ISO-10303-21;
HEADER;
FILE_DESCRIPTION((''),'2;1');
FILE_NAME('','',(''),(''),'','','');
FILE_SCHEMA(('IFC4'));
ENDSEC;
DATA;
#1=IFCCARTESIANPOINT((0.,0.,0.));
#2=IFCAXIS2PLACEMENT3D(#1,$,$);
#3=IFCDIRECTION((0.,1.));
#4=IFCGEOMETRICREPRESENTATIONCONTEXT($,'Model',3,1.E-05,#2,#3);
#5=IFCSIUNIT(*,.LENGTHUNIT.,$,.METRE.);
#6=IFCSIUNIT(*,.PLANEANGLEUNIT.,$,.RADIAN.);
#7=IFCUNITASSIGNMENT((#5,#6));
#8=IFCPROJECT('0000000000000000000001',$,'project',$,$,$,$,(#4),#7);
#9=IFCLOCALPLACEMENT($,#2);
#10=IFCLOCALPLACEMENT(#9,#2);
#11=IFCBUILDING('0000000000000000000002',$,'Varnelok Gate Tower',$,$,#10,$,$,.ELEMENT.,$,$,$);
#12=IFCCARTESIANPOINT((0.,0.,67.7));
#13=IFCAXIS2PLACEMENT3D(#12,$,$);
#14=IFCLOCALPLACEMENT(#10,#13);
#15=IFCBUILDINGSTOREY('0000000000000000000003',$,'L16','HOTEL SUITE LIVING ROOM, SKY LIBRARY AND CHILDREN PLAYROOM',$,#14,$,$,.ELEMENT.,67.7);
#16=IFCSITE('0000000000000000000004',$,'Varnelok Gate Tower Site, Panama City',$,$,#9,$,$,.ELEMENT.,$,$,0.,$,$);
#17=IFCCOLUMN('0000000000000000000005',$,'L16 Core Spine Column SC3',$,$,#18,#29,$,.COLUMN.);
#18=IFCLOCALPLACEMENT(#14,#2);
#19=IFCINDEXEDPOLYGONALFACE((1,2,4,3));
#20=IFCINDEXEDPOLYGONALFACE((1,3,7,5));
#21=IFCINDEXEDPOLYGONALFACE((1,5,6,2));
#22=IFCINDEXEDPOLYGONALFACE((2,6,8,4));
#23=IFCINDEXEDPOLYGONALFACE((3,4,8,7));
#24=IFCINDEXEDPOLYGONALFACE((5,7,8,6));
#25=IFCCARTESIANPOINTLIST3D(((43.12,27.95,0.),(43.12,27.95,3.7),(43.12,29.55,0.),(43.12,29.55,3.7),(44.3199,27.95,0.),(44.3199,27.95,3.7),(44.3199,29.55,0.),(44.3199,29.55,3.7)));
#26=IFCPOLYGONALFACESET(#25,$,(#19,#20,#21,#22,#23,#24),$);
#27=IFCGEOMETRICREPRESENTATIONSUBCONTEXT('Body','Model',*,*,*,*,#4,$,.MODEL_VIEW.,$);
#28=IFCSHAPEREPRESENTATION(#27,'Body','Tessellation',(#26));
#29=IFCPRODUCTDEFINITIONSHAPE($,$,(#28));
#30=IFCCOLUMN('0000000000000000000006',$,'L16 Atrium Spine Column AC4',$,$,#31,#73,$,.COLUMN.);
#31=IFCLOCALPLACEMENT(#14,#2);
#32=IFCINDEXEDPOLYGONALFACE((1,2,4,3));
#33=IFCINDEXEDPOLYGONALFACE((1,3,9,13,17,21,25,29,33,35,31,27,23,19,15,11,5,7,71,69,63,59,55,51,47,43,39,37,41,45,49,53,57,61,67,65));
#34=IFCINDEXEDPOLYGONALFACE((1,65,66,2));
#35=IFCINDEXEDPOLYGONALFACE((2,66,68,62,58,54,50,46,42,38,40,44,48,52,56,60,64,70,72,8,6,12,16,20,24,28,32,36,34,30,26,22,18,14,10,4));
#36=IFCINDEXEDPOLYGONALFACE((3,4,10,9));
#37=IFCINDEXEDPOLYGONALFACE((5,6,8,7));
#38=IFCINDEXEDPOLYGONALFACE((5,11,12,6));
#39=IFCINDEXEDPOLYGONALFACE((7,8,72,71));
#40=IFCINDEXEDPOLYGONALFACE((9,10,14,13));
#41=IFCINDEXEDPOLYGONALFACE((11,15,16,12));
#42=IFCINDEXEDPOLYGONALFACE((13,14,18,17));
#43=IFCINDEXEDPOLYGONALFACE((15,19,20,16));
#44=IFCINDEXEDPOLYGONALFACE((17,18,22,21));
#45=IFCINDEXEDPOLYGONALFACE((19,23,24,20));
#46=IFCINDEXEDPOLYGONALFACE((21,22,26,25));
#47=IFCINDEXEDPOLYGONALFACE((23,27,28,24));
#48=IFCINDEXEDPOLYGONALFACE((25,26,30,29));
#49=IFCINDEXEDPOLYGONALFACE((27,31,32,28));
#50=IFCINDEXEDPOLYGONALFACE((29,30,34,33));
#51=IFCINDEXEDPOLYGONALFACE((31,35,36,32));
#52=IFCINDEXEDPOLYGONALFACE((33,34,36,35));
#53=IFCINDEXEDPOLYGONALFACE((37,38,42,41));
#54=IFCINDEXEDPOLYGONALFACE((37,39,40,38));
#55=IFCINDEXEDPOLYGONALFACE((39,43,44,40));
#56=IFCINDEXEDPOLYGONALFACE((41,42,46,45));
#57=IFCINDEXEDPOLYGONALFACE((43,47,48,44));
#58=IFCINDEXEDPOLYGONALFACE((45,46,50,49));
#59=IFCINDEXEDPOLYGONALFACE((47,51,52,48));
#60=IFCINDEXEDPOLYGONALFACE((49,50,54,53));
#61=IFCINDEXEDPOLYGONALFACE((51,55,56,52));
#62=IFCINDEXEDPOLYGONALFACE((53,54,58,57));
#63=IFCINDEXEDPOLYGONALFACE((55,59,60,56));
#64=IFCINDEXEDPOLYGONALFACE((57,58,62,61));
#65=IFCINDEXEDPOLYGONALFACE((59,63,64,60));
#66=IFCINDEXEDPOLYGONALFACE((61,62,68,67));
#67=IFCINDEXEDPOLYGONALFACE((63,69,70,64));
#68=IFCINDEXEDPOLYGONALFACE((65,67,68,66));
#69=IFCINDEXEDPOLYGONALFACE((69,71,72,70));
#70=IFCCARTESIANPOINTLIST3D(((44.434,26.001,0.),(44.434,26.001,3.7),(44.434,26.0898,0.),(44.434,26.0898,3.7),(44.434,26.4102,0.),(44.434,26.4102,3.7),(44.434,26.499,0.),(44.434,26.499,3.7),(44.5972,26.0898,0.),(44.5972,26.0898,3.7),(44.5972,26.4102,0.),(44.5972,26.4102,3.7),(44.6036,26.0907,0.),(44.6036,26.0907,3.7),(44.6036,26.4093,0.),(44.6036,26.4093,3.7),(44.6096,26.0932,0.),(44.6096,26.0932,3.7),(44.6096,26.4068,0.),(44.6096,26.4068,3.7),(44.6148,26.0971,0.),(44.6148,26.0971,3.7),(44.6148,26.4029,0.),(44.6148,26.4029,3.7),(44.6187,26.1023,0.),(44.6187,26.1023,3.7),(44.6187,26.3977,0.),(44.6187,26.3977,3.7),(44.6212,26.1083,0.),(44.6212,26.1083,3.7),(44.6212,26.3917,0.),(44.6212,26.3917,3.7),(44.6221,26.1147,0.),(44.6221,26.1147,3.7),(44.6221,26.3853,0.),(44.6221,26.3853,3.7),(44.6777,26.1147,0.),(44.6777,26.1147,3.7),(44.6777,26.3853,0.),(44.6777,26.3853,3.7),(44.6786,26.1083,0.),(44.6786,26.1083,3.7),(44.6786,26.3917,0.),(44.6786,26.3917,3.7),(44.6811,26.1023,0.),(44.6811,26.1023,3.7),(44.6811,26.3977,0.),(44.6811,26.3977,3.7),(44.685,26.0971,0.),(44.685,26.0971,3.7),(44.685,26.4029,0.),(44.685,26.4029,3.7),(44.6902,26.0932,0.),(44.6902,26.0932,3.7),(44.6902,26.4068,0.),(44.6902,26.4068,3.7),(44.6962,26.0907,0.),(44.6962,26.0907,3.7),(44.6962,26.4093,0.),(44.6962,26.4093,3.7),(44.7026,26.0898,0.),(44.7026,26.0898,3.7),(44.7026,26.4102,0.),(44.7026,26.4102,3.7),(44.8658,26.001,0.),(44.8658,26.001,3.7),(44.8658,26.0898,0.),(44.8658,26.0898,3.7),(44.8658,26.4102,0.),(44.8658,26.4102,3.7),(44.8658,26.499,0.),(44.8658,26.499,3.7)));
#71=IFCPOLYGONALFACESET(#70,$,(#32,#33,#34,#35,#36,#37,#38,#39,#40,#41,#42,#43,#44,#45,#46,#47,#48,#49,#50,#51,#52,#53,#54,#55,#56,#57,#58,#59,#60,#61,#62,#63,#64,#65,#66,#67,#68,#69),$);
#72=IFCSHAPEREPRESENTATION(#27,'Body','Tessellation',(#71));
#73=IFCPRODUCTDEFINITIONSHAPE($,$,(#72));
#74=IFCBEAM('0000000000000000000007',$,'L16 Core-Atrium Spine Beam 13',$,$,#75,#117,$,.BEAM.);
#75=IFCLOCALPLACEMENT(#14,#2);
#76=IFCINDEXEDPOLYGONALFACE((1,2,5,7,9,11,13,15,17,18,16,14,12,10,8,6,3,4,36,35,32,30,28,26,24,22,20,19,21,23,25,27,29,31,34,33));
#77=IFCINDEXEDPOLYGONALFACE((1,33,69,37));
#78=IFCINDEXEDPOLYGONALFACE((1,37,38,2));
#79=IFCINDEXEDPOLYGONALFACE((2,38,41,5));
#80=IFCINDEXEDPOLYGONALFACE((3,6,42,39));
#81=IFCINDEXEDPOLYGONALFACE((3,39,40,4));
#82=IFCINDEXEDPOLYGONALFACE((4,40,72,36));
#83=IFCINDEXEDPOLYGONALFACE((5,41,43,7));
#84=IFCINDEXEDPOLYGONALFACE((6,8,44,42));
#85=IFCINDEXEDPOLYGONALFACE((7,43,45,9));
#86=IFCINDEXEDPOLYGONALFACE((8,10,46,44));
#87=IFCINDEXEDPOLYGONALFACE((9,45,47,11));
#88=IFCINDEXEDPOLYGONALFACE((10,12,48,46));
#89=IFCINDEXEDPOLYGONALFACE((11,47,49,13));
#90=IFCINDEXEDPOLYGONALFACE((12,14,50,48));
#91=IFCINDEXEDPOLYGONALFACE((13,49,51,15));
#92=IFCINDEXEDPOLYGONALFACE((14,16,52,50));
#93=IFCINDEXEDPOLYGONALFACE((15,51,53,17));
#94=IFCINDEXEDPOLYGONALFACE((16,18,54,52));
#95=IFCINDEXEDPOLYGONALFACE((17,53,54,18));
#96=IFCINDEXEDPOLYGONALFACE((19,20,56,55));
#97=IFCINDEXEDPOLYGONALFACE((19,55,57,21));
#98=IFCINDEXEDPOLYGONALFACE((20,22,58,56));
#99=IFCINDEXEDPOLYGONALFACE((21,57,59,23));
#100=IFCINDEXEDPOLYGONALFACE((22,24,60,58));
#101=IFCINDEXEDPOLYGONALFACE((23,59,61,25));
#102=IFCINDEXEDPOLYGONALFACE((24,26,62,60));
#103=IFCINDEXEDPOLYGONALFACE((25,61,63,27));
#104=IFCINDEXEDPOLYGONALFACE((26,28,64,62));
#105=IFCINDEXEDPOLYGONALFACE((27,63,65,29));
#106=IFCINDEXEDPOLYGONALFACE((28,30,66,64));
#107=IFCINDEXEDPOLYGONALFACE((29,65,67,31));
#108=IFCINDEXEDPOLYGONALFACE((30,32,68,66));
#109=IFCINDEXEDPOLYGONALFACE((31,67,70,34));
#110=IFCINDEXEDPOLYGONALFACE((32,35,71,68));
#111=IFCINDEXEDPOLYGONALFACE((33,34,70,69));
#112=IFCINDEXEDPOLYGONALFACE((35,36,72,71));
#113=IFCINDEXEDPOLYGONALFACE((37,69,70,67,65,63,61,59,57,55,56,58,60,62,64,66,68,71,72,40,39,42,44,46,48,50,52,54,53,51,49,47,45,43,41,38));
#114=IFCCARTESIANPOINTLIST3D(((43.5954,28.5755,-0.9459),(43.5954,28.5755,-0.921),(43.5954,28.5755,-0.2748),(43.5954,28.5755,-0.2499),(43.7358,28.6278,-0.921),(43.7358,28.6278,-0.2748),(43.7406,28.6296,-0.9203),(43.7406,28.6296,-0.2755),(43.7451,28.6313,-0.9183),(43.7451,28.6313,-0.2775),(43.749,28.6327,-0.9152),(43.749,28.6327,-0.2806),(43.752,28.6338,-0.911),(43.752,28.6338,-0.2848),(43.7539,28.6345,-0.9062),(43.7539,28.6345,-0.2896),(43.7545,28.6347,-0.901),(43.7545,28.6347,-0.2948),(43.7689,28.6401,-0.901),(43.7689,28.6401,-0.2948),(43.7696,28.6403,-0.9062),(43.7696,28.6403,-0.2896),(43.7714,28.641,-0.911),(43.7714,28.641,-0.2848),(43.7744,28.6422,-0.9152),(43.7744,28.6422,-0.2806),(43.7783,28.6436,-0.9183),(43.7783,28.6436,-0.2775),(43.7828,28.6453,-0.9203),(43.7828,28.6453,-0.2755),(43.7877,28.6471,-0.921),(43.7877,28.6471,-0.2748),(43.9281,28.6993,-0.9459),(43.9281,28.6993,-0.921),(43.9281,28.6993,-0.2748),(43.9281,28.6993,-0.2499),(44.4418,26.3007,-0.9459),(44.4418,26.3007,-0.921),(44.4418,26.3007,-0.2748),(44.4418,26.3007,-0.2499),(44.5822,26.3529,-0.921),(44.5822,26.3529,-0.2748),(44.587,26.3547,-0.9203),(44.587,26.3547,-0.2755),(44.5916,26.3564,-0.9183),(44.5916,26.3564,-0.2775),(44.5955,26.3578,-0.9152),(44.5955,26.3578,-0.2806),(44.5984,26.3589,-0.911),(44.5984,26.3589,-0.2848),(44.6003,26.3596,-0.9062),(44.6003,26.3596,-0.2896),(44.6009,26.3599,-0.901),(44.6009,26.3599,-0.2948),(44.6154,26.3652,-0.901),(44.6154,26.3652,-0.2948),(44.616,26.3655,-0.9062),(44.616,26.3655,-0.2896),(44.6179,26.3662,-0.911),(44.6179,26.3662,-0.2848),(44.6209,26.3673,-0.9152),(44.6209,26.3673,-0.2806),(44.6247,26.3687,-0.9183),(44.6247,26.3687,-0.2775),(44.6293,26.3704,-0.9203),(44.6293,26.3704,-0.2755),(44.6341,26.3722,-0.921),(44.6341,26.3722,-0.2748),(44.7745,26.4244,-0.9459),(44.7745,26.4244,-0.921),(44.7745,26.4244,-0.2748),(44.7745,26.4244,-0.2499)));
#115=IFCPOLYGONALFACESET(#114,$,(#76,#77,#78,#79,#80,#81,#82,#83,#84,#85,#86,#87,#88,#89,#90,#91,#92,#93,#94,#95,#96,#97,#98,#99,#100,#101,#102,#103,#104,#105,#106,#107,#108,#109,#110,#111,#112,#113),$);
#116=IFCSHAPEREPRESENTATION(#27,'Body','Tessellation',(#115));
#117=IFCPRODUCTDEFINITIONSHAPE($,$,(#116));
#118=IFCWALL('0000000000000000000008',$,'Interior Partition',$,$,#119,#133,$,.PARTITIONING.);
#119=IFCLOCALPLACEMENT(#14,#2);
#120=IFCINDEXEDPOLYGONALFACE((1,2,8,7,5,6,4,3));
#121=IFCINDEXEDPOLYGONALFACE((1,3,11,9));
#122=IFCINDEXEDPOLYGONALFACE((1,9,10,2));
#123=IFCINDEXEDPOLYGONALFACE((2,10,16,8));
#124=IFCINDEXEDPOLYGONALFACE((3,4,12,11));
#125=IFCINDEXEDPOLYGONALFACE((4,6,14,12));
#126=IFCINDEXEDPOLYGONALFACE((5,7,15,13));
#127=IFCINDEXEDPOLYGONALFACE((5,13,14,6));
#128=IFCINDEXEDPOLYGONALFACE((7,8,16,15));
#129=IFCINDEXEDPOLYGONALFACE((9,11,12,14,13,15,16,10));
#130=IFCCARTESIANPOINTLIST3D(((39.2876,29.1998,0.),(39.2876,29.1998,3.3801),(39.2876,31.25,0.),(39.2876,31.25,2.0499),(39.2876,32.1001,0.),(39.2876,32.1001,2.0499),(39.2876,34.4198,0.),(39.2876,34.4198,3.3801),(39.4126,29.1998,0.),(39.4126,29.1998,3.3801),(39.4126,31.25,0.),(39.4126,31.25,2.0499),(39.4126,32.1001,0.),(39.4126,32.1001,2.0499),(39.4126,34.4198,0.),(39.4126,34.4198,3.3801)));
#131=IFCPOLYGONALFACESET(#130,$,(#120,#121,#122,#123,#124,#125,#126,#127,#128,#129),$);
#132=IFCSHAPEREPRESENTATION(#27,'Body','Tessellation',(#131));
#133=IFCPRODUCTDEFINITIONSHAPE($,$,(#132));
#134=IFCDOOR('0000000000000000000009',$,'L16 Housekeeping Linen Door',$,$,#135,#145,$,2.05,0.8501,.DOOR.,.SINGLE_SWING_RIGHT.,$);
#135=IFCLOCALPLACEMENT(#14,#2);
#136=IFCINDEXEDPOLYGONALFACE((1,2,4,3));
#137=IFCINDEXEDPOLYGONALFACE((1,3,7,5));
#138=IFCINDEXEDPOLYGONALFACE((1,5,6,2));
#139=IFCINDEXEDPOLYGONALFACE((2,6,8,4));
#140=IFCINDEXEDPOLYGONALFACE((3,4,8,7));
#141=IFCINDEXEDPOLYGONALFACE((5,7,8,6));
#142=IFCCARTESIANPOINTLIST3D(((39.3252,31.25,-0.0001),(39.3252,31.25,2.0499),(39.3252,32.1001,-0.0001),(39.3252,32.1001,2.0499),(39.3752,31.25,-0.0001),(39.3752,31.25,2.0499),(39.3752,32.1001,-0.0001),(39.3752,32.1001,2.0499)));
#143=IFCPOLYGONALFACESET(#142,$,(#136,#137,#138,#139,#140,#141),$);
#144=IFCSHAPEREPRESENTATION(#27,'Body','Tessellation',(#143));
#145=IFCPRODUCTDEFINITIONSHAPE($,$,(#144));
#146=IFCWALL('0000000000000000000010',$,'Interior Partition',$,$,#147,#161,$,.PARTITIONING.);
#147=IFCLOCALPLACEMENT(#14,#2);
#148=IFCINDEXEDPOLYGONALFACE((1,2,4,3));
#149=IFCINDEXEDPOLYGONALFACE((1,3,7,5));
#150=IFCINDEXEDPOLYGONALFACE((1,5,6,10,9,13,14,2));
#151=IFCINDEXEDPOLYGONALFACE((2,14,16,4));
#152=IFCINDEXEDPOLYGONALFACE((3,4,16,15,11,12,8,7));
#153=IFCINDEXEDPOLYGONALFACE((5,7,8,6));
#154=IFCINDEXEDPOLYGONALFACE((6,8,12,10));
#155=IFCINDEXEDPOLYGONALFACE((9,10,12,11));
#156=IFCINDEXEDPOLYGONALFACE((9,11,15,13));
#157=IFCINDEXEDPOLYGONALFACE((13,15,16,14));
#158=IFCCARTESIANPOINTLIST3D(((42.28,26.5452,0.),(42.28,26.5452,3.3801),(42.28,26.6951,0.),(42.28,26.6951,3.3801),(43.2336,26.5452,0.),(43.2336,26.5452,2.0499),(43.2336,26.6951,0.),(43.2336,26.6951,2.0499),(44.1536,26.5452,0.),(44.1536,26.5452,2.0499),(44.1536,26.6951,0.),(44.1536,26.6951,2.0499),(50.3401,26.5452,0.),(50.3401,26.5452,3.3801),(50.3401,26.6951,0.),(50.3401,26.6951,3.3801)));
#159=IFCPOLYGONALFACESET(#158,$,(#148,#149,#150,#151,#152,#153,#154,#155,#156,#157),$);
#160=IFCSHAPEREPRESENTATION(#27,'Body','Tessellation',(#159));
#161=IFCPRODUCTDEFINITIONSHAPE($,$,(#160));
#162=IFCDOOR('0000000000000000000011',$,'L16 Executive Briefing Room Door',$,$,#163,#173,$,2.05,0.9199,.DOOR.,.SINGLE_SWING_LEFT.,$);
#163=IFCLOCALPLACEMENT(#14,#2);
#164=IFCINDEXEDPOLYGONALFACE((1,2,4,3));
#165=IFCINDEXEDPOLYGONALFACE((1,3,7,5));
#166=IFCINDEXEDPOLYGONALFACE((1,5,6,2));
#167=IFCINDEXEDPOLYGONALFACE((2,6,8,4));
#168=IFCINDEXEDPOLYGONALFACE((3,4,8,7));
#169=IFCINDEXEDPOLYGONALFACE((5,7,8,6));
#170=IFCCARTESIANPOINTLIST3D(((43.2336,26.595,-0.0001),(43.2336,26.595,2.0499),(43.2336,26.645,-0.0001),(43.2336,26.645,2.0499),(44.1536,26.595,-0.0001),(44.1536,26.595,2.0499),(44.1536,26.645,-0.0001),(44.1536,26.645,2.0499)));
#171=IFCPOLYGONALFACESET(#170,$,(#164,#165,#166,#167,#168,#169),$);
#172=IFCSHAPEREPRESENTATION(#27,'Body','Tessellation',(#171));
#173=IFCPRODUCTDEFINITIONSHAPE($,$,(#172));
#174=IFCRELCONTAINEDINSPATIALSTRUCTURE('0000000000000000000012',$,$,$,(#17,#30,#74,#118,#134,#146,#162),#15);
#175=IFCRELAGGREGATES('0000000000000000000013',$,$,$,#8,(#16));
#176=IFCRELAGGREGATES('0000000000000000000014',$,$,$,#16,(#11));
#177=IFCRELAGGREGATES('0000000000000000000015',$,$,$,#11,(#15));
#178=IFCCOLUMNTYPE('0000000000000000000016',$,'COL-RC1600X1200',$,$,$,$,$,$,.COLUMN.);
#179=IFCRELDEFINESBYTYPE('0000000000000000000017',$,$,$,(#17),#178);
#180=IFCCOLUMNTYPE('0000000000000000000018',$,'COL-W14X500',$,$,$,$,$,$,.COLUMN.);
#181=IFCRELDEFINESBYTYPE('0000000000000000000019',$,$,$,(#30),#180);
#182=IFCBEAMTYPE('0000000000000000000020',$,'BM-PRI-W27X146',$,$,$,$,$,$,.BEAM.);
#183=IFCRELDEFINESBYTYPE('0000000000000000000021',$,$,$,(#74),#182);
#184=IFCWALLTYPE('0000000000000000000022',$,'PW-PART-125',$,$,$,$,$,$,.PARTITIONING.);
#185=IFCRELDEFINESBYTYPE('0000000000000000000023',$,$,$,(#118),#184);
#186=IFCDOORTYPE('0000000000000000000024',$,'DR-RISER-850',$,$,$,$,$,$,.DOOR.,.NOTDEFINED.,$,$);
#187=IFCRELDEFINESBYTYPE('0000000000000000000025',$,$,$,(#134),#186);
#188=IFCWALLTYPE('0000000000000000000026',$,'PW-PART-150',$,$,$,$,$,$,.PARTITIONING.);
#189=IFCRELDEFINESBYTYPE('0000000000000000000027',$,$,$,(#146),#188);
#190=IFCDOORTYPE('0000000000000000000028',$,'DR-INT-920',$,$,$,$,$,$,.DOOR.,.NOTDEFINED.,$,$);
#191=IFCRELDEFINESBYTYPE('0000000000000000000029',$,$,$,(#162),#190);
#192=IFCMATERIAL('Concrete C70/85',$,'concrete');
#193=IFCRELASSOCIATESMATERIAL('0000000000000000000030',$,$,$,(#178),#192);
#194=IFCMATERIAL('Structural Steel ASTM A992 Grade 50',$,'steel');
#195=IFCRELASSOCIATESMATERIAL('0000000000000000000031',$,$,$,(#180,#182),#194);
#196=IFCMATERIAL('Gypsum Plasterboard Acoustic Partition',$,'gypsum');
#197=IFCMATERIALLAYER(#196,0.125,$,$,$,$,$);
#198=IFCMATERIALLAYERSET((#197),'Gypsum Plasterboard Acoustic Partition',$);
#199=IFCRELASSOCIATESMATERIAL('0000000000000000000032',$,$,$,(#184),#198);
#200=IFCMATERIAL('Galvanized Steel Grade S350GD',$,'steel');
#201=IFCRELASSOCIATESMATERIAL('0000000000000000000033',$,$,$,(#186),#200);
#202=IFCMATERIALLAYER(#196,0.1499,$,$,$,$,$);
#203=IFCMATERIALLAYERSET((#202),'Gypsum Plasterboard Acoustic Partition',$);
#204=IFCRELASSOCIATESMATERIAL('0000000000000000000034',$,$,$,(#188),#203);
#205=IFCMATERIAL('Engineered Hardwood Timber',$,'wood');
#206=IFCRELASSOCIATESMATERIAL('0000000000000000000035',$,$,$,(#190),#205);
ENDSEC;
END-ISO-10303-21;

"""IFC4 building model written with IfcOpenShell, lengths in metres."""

from ifc_helpers import new_model, si_unit, direction, frame, frame_2d, origin, origin_2d, place, context, subcontext, project, spatial, rectangle, i_section, extrude, material, layer, layer_set, material_profile, profile_set, type_object, element, fill, save


model = new_model("IFC4")

# Units and contexts
model_context = context("Model", 3, precision=1e-05, world=origin(), true_north=direction((0.0, 1.0)))
body_context = subcontext(model_context, "Body", "Model", "MODEL_VIEW")
ifc_project = project(units=[si_unit("LENGTHUNIT", "METRE"), si_unit("PLANEANGLEUNIT", "RADIAN")], contexts=[model_context])

# Site, building, storey
site_placement = place(None, origin())
site = spatial("IfcSite", under=ifc_project, at=site_placement, Name="Varnelok Gate Tower Site, Panama City", CompositionType="ELEMENT", RefElevation=0.0)
building_placement = place(site_placement, origin())
building = spatial("IfcBuilding", under=site, at=building_placement, Name="Varnelok Gate Tower", CompositionType="ELEMENT")
storey_placement = place(building_placement, frame((0.0, 0.0, 67.7)))
storey = spatial("IfcBuildingStorey", under=building, at=storey_placement, Name="L16", Description="HOTEL SUITE LIVING ROOM, SKY LIBRARY AND CHILDREN PLAYROOM", CompositionType="ELEMENT", Elevation=67.7)

# Columns
ifc_material_1 = material(Name="Concrete C70/85", Category="concrete")
ifc_material_profile_1 = material_profile(ifc_material_1, rectangle(XDim=1.2, YDim=1.6001, at=origin_2d()), Name="RC1600X1200")
ifc_profile_set_1 = profile_set([ifc_material_profile_1], Name="Concrete C70/85")
column_type_1 = type_object("IfcColumnType", Name="COL-RC1600X1200", PredefinedType="COLUMN", material=ifc_profile_set_1)
column_1_placement = place(storey_placement, frame((43.72, 28.75, 0.0), z_axis=(0.0, 0.0, 1.0), x_axis=(1.0, 0.0, 0.0)))
element("IfcColumn", 1, at=column_1_placement, inside=storey, type_object=column_type_1, Name="L16 Core Spine Column SC3", PredefinedType="COLUMN", context=body_context, shape_type="SweptSolid", body=[
    extrude(rectangle(XDim=1.2, YDim=1.6001, at=origin_2d()), origin(), (0.0, 0.0, 1.0), 3.7),
])
ifc_material_2 = material(Name="Structural Steel ASTM A992 Grade 50", Category="steel")
ifc_material_profile_2 = material_profile(ifc_material_2, i_section(OverallWidth=0.4319, OverallDepth=0.498, WebThickness=0.0557, FlangeThickness=0.0889, FilletRadius=0.0249, at=origin_2d()), Name="W14X500")
ifc_profile_set_2 = profile_set([ifc_material_profile_2], Name="Structural Steel ASTM A992 Grade 50")
column_type_2 = type_object("IfcColumnType", Name="COL-W14X500", PredefinedType="COLUMN", material=ifc_profile_set_2)
column_2_placement = place(storey_placement, frame((44.6499, 26.25, 0.0), z_axis=(0.0, 0.0, 1.0), x_axis=(1.0, 0.0, 0.0)))
element("IfcColumn", 2, at=column_2_placement, inside=storey, type_object=column_type_2, Name="L16 Atrium Spine Column AC4", PredefinedType="COLUMN", context=body_context, shape_type="SweptSolid", body=[
    extrude(i_section(OverallWidth=0.4319, OverallDepth=0.498, WebThickness=0.0557, FlangeThickness=0.0889, FilletRadius=0.0249, at=origin_2d()), origin(), (0.0, 0.0, 1.0), 3.7),
])

# Beam
ifc_material_profile_3 = material_profile(ifc_material_2, i_section(OverallWidth=0.355, OverallDepth=0.696, WebThickness=0.0154, FlangeThickness=0.0249, FilletRadius=0.02, at=origin_2d()), Name="W27X146")
ifc_profile_set_3 = profile_set([ifc_material_profile_3], Name="Structural Steel ASTM A992 Grade 50")
beam_type = type_object("IfcBeamType", Name="BM-PRI-W27X146", PredefinedType="BEAM", material=ifc_profile_set_3)
beam_placement = place(storey_placement, frame((44.6082, 26.3625, -0.5979), z_axis=(-0.348719, 0.937227, 0.0), x_axis=(-0.937227, -0.348719, 0.0)))
element("IfcBeam", 3, at=beam_placement, inside=storey, type_object=beam_type, Name="L16 Core-Atrium Spine Beam 13", PredefinedType="BEAM", context=body_context, shape_type="SweptSolid", body=[
    extrude(i_section(OverallWidth=0.355, OverallDepth=0.696, WebThickness=0.0154, FlangeThickness=0.0249, FilletRadius=0.02, at=origin_2d()), origin(), (0.0, 0.0, 1.0), 2.4272),
])

# Walls, openings, doors
ifc_material_3 = material(Name="Gypsum Plasterboard Acoustic Partition", Category="gypsum")
ifc_layer_1 = layer(ifc_material_3, 0.125)
ifc_layer_set_1 = layer_set([ifc_layer_1], Name="Gypsum Plasterboard Acoustic Partition")
wall_type_1 = type_object("IfcWallType", Name="PW-PART-125", PredefinedType="PARTITIONING", material=ifc_layer_set_1)
wall_1_placement = place(storey_placement, frame((39.3501, 29.2, 0.0), z_axis=(0.0, 0.0, 1.0), x_axis=(0.0, 1.0, 0.0)))
wall_1 = element("IfcWall", 4, at=wall_1_placement, inside=storey, type_object=wall_type_1, Name="Interior Partition", PredefinedType="PARTITIONING", context=body_context, shape_type="SweptSolid", body=[
    extrude(rectangle(XDim=5.22, YDim=0.125, at=frame_2d((2.6099, 0.0))), origin(), (0.0, 0.0, 1.0), 3.3801),
])
opening_1_placement = place(wall_1_placement, frame((2.05, 0.0, 0.0)))
opening_1 = element("IfcOpeningElement", 5, at=opening_1_placement, cuts=wall_1, PredefinedType="OPENING", context=body_context, shape_type="SweptSolid", body=[
    extrude(rectangle(XDim=0.8501, YDim=2.05, at=frame_2d((0.425, 1.0249))), frame((0.0, 0.0725, 0.0), z_axis=(0.0, -1.0, 0.0), x_axis=(1.0, 0.0, 0.0)), (0.0, 0.0, 1.0), 0.145),
])
ifc_material_4 = material(Name="Galvanized Steel Grade S350GD", Category="steel")
door_type_1 = type_object("IfcDoorType", Name="DR-RISER-850", OperationType="NOTDEFINED", PredefinedType="DOOR", material=ifc_material_4)
door_1_placement = place(opening_1_placement, origin())
door_1 = element("IfcDoor", 6, at=door_1_placement, inside=storey, type_object=door_type_1, Name="L16 Housekeeping Linen Door", OperationType="SINGLE_SWING_RIGHT", OverallHeight=2.05, OverallWidth=0.8501, PredefinedType="DOOR", context=body_context, shape_type="SweptSolid", body=[
    extrude(rectangle(XDim=0.8501, YDim=2.05, at=frame_2d((0.425, 1.0249))), frame((0.0, 0.0249, 0.0), z_axis=(0.0, -1.0, 0.0), x_axis=(1.0, 0.0, 0.0)), (0.0, 0.0, 1.0), 0.05),
])
fill(opening_1, door_1)
ifc_layer_2 = layer(ifc_material_3, 0.1499)
ifc_layer_set_2 = layer_set([ifc_layer_2], Name="Gypsum Plasterboard Acoustic Partition")
wall_type_2 = type_object("IfcWallType", Name="PW-PART-150", PredefinedType="PARTITIONING", material=ifc_layer_set_2)
wall_2_placement = place(storey_placement, frame((42.28, 26.6201, 0.0), z_axis=(0.0, 0.0, 1.0), x_axis=(1.0, 0.0, 0.0)))
wall_2 = element("IfcWall", 7, at=wall_2_placement, inside=storey, type_object=wall_type_2, Name="Interior Partition", PredefinedType="PARTITIONING", context=body_context, shape_type="SweptSolid", body=[
    extrude(rectangle(XDim=8.0601, YDim=0.1499, at=frame_2d((4.03, 0.0))), origin(), (0.0, 0.0, 1.0), 3.3801),
])
opening_2_placement = place(wall_2_placement, frame((0.9536, 0.0, 0.0)))
opening_2 = element("IfcOpeningElement", 8, at=opening_2_placement, cuts=wall_2, PredefinedType="OPENING", context=body_context, shape_type="SweptSolid", body=[
    extrude(rectangle(XDim=0.9199, YDim=2.05, at=frame_2d((0.46, 1.0249))), frame((0.0, 0.085, 0.0), z_axis=(0.0, -1.0, 0.0), x_axis=(1.0, 0.0, 0.0)), (0.0, 0.0, 1.0), 0.1699),
])
ifc_material_5 = material(Name="Engineered Hardwood Timber", Category="wood")
door_type_2 = type_object("IfcDoorType", Name="DR-INT-920", OperationType="NOTDEFINED", PredefinedType="DOOR", material=ifc_material_5)
door_2_placement = place(opening_2_placement, origin())
door_2 = element("IfcDoor", 9, at=door_2_placement, inside=storey, type_object=door_type_2, Name="L16 Executive Briefing Room Door", OperationType="SINGLE_SWING_LEFT", OverallHeight=2.05, OverallWidth=0.9199, PredefinedType="DOOR", context=body_context, shape_type="SweptSolid", body=[
    extrude(rectangle(XDim=0.9199, YDim=2.05, at=frame_2d((0.46, 1.0249))), frame((0.0, 0.0249, 0.0), z_axis=(0.0, -1.0, 0.0), x_axis=(1.0, 0.0, 0.0)), (0.0, 0.0, 1.0), 0.05),
])
fill(opening_2, door_2)

save(model, "model.ifc")
